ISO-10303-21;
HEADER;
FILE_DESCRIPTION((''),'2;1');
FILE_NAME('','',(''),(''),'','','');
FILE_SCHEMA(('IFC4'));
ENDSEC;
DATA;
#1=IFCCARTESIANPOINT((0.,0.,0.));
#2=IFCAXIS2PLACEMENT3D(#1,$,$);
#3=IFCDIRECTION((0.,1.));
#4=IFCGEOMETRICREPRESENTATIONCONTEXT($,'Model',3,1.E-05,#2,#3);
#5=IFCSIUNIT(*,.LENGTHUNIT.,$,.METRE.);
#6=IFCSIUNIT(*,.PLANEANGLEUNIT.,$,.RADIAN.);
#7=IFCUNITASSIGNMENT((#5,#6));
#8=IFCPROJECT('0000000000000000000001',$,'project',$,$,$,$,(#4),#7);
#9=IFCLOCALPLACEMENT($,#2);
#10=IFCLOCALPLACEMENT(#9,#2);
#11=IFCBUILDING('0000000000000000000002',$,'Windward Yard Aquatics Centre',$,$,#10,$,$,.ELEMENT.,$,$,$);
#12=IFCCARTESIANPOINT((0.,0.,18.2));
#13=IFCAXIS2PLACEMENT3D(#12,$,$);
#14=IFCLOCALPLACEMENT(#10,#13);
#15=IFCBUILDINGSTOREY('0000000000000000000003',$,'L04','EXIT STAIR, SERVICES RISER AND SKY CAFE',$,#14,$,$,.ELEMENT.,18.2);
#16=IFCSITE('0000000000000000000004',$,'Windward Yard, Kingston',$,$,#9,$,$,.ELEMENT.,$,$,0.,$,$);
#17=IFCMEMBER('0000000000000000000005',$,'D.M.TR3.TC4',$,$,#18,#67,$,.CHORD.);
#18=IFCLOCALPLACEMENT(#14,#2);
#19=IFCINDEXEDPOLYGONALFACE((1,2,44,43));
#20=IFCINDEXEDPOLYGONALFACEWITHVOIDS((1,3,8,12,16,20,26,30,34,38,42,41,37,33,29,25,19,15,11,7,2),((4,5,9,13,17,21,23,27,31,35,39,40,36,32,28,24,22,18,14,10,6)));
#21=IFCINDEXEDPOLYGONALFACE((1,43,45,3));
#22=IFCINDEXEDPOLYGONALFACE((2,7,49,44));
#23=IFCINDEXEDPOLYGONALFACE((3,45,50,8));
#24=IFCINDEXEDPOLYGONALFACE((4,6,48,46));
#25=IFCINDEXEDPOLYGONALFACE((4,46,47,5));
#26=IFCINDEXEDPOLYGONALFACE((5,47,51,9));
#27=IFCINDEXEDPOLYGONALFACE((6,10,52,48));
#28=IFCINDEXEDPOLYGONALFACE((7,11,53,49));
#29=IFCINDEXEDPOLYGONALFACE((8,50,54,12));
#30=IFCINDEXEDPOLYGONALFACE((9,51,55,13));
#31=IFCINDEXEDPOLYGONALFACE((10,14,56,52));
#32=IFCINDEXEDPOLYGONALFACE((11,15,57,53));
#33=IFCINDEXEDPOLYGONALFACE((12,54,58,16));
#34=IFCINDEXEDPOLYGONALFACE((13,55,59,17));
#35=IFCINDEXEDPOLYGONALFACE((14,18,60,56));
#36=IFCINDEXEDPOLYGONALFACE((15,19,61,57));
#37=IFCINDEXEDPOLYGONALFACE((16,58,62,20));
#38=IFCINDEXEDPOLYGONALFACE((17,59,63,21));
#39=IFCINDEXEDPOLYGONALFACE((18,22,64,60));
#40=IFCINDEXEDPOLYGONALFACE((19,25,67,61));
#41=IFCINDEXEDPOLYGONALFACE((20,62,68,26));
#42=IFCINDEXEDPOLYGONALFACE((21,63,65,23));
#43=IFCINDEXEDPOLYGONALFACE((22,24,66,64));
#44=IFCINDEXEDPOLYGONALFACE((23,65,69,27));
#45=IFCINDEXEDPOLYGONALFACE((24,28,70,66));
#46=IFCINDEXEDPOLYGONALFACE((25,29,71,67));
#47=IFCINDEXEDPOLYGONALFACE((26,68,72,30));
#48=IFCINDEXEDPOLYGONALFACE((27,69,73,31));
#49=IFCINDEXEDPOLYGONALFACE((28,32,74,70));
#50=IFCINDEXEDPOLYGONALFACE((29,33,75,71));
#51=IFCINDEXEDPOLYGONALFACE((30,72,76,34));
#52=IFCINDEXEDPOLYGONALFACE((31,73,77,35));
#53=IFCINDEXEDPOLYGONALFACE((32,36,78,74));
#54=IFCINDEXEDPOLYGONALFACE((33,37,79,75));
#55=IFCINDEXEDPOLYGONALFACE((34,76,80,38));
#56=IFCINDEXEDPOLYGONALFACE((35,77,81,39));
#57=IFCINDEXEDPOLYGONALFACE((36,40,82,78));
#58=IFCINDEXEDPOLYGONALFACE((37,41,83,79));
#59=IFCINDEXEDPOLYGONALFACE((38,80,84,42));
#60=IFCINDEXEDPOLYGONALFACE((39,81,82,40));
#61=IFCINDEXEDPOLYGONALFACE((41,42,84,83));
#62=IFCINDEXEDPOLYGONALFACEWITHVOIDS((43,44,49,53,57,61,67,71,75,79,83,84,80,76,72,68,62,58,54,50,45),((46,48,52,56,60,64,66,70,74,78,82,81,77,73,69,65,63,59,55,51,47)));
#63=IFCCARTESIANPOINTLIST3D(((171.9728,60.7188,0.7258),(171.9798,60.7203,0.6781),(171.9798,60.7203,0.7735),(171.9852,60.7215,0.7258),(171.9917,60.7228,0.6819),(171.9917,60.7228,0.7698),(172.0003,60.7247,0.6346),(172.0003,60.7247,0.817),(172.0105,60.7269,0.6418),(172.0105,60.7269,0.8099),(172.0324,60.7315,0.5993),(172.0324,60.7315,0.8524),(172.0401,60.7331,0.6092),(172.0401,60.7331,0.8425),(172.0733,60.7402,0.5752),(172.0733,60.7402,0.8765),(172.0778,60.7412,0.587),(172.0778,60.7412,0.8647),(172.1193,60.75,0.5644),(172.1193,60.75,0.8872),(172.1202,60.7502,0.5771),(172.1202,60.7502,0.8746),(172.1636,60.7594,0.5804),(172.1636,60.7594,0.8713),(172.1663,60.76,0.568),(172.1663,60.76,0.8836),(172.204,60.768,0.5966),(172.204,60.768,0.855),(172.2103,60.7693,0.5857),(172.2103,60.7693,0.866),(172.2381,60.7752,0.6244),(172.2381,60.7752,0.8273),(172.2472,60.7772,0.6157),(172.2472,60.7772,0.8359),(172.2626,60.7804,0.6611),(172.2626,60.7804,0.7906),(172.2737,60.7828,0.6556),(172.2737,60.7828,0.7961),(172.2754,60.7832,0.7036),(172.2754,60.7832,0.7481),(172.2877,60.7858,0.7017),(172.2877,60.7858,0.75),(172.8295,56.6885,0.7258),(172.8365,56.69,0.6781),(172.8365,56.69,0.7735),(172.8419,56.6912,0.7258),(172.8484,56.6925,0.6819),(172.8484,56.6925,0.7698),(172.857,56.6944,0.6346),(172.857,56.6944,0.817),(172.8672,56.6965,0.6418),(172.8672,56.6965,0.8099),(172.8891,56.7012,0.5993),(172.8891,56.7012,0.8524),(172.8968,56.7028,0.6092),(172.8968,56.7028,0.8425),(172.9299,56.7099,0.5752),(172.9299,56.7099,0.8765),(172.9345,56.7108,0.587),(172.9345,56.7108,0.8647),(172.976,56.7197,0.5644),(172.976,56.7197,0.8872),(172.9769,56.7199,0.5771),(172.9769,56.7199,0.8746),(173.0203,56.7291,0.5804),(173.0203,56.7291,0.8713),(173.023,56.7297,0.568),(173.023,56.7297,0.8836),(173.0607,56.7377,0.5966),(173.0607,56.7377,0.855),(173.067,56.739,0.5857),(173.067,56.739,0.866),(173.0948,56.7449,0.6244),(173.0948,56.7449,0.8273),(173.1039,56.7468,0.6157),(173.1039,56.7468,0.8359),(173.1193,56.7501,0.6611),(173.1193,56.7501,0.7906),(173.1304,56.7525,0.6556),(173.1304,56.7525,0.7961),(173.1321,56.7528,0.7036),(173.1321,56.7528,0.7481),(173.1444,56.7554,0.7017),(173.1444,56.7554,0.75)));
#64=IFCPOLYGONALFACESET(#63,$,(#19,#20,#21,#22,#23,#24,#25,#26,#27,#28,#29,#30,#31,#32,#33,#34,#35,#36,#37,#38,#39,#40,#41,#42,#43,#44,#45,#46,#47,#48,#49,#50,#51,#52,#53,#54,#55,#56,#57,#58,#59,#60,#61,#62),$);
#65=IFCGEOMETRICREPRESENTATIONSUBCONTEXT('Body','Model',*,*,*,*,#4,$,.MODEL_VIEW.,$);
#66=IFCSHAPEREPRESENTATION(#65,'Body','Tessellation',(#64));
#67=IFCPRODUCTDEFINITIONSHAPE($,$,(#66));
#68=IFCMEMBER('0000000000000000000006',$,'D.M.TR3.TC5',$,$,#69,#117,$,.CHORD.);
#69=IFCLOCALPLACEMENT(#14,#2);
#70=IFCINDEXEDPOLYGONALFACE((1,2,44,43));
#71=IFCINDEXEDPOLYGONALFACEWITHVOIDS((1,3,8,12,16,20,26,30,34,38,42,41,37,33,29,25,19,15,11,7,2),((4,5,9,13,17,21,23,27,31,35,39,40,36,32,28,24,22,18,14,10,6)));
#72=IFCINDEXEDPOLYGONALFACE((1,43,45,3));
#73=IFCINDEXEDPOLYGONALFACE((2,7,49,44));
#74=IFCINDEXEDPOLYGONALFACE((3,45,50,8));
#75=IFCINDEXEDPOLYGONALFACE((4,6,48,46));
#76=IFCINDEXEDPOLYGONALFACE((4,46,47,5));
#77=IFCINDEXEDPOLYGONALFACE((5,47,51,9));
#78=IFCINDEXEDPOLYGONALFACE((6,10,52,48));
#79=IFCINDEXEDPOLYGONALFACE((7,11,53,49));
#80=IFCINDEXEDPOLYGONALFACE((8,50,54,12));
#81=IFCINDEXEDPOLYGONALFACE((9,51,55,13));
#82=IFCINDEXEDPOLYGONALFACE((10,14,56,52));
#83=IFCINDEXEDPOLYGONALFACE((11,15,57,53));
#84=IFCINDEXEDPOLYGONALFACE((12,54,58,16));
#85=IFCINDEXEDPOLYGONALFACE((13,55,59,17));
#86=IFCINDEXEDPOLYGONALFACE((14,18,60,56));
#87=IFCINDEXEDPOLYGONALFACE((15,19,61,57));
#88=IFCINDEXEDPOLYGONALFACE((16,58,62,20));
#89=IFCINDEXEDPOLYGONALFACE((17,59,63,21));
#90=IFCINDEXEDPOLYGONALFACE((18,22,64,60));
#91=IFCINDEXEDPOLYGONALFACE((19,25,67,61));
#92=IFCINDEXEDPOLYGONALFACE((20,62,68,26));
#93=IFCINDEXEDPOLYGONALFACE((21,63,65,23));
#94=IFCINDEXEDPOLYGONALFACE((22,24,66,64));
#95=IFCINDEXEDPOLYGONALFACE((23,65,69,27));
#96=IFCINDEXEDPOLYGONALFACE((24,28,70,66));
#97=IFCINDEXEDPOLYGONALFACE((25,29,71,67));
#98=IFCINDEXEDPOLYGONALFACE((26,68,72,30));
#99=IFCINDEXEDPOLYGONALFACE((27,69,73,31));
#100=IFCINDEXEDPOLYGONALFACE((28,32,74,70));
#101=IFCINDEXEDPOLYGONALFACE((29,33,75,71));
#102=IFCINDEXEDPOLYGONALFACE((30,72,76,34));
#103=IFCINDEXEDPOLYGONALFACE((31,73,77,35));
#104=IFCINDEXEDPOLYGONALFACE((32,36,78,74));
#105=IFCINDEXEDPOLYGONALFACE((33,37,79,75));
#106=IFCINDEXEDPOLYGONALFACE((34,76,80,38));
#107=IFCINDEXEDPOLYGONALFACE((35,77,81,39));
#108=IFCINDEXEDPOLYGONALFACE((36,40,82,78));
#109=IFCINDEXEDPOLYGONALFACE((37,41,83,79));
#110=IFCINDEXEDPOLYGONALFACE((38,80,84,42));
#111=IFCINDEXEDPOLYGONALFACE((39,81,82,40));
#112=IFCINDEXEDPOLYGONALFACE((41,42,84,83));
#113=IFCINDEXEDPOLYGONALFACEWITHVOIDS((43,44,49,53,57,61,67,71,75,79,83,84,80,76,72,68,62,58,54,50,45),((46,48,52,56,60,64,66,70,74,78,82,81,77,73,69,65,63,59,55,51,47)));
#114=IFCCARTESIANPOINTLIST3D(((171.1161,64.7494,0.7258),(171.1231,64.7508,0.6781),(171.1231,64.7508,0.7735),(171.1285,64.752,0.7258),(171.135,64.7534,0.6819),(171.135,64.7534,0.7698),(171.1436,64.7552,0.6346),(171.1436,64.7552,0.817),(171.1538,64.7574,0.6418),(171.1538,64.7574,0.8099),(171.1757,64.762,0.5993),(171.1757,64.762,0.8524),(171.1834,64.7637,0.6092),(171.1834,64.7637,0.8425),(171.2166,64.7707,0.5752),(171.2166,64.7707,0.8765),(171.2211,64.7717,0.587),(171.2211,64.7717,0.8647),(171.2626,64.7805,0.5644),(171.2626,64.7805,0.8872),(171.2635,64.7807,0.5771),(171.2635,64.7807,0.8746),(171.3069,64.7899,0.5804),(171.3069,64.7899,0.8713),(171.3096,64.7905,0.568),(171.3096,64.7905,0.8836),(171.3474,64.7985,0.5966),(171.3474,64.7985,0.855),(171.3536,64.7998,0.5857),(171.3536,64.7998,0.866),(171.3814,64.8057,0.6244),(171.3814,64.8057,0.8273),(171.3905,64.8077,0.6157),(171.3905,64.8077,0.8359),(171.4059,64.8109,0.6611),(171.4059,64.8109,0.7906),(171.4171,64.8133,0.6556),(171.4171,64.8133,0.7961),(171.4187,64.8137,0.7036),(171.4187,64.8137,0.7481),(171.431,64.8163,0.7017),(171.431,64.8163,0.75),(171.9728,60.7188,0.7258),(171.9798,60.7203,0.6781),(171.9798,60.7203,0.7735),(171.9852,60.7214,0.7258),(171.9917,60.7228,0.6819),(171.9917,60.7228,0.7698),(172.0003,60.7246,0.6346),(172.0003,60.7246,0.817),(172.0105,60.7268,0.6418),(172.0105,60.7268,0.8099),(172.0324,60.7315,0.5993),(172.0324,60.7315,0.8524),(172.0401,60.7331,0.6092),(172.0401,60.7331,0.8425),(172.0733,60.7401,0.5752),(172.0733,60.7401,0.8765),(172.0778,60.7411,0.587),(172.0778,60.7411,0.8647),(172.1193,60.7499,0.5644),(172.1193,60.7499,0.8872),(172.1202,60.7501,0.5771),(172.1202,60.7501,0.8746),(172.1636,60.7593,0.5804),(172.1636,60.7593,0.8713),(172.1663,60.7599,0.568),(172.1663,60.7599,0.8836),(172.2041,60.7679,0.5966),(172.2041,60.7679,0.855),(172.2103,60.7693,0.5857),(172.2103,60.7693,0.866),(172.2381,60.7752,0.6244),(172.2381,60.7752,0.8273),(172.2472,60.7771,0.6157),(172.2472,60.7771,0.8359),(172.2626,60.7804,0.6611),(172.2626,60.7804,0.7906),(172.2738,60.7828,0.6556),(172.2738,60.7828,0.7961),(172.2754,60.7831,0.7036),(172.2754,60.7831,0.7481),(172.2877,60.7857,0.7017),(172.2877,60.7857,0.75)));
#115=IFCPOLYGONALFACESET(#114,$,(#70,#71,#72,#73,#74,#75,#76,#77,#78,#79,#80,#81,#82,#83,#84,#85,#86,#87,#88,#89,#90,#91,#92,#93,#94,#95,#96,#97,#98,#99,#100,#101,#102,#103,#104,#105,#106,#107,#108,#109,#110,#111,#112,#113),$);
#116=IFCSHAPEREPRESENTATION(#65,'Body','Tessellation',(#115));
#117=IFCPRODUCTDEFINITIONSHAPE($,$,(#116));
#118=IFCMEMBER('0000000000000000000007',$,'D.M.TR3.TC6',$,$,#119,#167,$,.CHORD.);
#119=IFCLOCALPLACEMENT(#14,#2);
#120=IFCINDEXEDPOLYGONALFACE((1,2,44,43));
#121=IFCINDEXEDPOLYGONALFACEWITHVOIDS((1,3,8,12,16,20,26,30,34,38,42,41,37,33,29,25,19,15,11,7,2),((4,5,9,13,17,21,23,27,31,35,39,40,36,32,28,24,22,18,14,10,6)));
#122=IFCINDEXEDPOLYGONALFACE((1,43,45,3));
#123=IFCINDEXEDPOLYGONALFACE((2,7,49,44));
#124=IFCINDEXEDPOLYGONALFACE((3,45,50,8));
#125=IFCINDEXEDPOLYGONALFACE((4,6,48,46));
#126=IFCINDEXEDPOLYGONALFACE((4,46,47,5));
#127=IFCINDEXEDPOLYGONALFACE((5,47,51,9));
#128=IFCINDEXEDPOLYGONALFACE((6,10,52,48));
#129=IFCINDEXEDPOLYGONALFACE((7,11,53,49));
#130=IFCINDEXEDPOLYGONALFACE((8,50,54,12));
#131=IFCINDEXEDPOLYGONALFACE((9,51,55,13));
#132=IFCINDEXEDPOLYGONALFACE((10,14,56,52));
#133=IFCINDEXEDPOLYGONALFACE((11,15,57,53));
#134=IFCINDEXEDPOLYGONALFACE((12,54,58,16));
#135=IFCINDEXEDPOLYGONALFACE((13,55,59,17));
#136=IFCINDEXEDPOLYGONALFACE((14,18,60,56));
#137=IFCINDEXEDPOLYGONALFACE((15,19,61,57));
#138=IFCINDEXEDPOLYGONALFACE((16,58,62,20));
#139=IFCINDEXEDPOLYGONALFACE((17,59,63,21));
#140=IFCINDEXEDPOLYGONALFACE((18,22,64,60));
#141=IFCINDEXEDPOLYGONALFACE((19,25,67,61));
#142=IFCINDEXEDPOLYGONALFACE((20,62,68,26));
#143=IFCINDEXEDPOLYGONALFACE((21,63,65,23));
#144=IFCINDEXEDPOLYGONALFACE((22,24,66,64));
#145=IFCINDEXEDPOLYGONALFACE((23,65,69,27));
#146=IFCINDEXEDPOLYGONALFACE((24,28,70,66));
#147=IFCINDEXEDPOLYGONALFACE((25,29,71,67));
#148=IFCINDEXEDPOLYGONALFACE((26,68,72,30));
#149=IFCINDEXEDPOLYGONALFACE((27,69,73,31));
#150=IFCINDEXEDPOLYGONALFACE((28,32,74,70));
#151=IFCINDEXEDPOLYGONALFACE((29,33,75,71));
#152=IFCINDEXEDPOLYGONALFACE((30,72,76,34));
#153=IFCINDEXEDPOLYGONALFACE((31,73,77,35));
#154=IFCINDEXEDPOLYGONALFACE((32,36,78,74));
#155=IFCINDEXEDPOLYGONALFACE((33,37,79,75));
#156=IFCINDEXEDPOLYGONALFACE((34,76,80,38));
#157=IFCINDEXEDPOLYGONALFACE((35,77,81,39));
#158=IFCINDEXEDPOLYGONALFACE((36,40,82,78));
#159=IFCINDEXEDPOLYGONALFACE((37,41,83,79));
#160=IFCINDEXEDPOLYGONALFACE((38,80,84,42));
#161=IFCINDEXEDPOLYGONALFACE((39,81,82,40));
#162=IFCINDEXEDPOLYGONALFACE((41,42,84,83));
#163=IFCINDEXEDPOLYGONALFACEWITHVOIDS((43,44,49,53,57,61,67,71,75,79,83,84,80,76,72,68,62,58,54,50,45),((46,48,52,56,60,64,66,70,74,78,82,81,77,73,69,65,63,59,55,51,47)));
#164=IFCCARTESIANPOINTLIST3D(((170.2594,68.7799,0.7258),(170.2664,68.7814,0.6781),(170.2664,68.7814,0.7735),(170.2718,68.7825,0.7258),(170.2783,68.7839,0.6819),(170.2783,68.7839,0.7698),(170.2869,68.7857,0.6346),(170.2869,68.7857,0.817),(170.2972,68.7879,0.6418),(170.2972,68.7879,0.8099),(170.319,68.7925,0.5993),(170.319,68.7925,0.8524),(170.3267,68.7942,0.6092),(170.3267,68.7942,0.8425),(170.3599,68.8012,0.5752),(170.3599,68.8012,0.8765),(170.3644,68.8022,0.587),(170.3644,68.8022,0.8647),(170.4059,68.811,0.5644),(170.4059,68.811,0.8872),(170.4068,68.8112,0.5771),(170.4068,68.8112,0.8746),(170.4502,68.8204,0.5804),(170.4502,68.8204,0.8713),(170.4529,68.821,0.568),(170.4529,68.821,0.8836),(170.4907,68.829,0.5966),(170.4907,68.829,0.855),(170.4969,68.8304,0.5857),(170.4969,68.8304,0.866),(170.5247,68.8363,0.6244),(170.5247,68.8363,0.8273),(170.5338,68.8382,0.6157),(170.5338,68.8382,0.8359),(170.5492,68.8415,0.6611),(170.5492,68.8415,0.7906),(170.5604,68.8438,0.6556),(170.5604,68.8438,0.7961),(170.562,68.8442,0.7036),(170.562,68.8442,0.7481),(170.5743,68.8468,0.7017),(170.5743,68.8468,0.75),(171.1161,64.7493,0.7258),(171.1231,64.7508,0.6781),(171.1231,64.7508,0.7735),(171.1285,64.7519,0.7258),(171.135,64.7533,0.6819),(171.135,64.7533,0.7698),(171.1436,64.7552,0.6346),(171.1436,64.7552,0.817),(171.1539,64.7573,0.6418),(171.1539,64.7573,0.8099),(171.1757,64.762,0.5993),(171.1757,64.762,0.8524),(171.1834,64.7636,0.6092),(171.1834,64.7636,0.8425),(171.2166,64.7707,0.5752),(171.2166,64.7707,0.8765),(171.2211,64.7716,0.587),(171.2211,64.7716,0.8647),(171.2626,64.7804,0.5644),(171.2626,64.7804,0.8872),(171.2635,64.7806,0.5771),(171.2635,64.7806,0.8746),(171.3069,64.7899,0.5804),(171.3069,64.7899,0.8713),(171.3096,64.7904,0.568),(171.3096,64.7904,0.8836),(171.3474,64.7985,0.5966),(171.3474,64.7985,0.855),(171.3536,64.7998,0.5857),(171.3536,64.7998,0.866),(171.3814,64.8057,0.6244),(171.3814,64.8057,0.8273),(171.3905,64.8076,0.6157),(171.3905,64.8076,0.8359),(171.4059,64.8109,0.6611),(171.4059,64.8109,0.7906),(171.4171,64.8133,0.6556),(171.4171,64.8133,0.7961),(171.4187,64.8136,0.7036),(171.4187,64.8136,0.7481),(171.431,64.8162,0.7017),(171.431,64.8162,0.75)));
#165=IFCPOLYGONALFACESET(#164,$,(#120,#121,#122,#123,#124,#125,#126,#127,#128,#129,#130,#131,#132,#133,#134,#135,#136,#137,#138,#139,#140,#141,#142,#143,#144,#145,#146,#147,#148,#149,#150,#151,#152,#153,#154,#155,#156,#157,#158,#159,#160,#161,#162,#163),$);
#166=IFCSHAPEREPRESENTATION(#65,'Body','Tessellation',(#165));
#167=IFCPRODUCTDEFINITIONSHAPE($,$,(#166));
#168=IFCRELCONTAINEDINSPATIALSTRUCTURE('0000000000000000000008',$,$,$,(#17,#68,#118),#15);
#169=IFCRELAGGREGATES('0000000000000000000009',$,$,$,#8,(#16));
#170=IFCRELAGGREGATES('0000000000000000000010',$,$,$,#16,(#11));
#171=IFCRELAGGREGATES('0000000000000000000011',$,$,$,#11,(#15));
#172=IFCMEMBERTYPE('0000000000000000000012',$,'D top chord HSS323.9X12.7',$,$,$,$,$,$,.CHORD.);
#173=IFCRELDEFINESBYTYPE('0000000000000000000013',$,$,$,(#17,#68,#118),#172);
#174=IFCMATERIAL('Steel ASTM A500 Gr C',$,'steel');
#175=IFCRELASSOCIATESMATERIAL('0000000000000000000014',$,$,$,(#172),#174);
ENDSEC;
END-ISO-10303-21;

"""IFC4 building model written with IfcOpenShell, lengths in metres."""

from ifc_helpers import new_model, si_unit, direction, frame, origin, origin_2d, place, context, subcontext, project, spatial, hollow_circle, extrude, material, material_profile, profile_set, type_object, element, save


model = new_model("IFC4")

# Units and contexts
model_context = context("Model", 3, precision=1e-05, world=origin(), true_north=direction((0.0, 1.0)))
body_context = subcontext(model_context, "Body", "Model", "MODEL_VIEW")
ifc_project = project(units=[si_unit("LENGTHUNIT", "METRE"), si_unit("PLANEANGLEUNIT", "RADIAN")], contexts=[model_context])

# Site, building, storey
site_placement = place(None, origin())
site = spatial("IfcSite", under=ifc_project, at=site_placement, Name="Windward Yard, Kingston", CompositionType="ELEMENT", RefElevation=0.0)
building_placement = place(site_placement, origin())
building = spatial("IfcBuilding", under=site, at=building_placement, Name="Windward Yard Aquatics Centre", CompositionType="ELEMENT")
storey_placement = place(building_placement, frame((0.0, 0.0, 18.2)))
storey = spatial("IfcBuildingStorey", under=building, at=storey_placement, Name="L04", Description="EXIT STAIR, SERVICES RISER AND SKY CAFE", CompositionType="ELEMENT", Elevation=18.2)

# Members
ifc_material_1 = material(Name="Steel ASTM A500 Gr C", Category="steel")
ifc_material_profile_1 = material_profile(ifc_material_1, hollow_circle(Radius=0.1619, WallThickness=0.0127, at=origin_2d()), Name="HSS323.9X12.7")
ifc_profile_set_1 = profile_set([ifc_material_profile_1], Name="Steel ASTM A500 Gr C")
member_type_1 = type_object("IfcMemberType", Name="D top chord HSS323.9X12.7", PredefinedType="CHORD", material=ifc_profile_set_1)
member_1_placement = place(storey_placement, frame((172.9878, 56.7222, 0.7258), z_axis=(-0.207918, 0.978146, 0.0), x_axis=(-0.978146, -0.207918, 0.0)))
element("IfcMember", 1, at=member_1_placement, inside=storey, type_object=member_type_1, Name="D.M.TR3.TC4", PredefinedType="CHORD", context=body_context, shape_type="SweptSolid", body=[
    extrude(hollow_circle(Radius=0.1619, WallThickness=0.0127, at=origin_2d()), origin(), (0.0, 0.0, 1.0), 4.1204),
])
for number, where, z_axis, x_axis, name in (
    (2, (172.1311, 60.7524, 0.7258), (-0.207906, 0.978149, 0.0), (-0.978149, -0.207906, 0.0), "D.M.TR3.TC5"),
    (3, (171.2744, 64.783, 0.7258), (-0.207906, 0.978149, 0.0), (-0.978149, -0.207906, 0.0), "D.M.TR3.TC6"),
):
    element("IfcMember", number, at=place(storey_placement, frame(where, z_axis=z_axis, x_axis=x_axis)), inside=storey, type_object=member_type_1, Name=name, PredefinedType="CHORD", context=body_context, shape_type="SweptSolid", body=[
        extrude(hollow_circle(Radius=0.1619, WallThickness=0.0127, at=origin_2d()), origin(), (0.0, 0.0, 1.0), 4.1206),
    ])

save(model, "model.ifc")
